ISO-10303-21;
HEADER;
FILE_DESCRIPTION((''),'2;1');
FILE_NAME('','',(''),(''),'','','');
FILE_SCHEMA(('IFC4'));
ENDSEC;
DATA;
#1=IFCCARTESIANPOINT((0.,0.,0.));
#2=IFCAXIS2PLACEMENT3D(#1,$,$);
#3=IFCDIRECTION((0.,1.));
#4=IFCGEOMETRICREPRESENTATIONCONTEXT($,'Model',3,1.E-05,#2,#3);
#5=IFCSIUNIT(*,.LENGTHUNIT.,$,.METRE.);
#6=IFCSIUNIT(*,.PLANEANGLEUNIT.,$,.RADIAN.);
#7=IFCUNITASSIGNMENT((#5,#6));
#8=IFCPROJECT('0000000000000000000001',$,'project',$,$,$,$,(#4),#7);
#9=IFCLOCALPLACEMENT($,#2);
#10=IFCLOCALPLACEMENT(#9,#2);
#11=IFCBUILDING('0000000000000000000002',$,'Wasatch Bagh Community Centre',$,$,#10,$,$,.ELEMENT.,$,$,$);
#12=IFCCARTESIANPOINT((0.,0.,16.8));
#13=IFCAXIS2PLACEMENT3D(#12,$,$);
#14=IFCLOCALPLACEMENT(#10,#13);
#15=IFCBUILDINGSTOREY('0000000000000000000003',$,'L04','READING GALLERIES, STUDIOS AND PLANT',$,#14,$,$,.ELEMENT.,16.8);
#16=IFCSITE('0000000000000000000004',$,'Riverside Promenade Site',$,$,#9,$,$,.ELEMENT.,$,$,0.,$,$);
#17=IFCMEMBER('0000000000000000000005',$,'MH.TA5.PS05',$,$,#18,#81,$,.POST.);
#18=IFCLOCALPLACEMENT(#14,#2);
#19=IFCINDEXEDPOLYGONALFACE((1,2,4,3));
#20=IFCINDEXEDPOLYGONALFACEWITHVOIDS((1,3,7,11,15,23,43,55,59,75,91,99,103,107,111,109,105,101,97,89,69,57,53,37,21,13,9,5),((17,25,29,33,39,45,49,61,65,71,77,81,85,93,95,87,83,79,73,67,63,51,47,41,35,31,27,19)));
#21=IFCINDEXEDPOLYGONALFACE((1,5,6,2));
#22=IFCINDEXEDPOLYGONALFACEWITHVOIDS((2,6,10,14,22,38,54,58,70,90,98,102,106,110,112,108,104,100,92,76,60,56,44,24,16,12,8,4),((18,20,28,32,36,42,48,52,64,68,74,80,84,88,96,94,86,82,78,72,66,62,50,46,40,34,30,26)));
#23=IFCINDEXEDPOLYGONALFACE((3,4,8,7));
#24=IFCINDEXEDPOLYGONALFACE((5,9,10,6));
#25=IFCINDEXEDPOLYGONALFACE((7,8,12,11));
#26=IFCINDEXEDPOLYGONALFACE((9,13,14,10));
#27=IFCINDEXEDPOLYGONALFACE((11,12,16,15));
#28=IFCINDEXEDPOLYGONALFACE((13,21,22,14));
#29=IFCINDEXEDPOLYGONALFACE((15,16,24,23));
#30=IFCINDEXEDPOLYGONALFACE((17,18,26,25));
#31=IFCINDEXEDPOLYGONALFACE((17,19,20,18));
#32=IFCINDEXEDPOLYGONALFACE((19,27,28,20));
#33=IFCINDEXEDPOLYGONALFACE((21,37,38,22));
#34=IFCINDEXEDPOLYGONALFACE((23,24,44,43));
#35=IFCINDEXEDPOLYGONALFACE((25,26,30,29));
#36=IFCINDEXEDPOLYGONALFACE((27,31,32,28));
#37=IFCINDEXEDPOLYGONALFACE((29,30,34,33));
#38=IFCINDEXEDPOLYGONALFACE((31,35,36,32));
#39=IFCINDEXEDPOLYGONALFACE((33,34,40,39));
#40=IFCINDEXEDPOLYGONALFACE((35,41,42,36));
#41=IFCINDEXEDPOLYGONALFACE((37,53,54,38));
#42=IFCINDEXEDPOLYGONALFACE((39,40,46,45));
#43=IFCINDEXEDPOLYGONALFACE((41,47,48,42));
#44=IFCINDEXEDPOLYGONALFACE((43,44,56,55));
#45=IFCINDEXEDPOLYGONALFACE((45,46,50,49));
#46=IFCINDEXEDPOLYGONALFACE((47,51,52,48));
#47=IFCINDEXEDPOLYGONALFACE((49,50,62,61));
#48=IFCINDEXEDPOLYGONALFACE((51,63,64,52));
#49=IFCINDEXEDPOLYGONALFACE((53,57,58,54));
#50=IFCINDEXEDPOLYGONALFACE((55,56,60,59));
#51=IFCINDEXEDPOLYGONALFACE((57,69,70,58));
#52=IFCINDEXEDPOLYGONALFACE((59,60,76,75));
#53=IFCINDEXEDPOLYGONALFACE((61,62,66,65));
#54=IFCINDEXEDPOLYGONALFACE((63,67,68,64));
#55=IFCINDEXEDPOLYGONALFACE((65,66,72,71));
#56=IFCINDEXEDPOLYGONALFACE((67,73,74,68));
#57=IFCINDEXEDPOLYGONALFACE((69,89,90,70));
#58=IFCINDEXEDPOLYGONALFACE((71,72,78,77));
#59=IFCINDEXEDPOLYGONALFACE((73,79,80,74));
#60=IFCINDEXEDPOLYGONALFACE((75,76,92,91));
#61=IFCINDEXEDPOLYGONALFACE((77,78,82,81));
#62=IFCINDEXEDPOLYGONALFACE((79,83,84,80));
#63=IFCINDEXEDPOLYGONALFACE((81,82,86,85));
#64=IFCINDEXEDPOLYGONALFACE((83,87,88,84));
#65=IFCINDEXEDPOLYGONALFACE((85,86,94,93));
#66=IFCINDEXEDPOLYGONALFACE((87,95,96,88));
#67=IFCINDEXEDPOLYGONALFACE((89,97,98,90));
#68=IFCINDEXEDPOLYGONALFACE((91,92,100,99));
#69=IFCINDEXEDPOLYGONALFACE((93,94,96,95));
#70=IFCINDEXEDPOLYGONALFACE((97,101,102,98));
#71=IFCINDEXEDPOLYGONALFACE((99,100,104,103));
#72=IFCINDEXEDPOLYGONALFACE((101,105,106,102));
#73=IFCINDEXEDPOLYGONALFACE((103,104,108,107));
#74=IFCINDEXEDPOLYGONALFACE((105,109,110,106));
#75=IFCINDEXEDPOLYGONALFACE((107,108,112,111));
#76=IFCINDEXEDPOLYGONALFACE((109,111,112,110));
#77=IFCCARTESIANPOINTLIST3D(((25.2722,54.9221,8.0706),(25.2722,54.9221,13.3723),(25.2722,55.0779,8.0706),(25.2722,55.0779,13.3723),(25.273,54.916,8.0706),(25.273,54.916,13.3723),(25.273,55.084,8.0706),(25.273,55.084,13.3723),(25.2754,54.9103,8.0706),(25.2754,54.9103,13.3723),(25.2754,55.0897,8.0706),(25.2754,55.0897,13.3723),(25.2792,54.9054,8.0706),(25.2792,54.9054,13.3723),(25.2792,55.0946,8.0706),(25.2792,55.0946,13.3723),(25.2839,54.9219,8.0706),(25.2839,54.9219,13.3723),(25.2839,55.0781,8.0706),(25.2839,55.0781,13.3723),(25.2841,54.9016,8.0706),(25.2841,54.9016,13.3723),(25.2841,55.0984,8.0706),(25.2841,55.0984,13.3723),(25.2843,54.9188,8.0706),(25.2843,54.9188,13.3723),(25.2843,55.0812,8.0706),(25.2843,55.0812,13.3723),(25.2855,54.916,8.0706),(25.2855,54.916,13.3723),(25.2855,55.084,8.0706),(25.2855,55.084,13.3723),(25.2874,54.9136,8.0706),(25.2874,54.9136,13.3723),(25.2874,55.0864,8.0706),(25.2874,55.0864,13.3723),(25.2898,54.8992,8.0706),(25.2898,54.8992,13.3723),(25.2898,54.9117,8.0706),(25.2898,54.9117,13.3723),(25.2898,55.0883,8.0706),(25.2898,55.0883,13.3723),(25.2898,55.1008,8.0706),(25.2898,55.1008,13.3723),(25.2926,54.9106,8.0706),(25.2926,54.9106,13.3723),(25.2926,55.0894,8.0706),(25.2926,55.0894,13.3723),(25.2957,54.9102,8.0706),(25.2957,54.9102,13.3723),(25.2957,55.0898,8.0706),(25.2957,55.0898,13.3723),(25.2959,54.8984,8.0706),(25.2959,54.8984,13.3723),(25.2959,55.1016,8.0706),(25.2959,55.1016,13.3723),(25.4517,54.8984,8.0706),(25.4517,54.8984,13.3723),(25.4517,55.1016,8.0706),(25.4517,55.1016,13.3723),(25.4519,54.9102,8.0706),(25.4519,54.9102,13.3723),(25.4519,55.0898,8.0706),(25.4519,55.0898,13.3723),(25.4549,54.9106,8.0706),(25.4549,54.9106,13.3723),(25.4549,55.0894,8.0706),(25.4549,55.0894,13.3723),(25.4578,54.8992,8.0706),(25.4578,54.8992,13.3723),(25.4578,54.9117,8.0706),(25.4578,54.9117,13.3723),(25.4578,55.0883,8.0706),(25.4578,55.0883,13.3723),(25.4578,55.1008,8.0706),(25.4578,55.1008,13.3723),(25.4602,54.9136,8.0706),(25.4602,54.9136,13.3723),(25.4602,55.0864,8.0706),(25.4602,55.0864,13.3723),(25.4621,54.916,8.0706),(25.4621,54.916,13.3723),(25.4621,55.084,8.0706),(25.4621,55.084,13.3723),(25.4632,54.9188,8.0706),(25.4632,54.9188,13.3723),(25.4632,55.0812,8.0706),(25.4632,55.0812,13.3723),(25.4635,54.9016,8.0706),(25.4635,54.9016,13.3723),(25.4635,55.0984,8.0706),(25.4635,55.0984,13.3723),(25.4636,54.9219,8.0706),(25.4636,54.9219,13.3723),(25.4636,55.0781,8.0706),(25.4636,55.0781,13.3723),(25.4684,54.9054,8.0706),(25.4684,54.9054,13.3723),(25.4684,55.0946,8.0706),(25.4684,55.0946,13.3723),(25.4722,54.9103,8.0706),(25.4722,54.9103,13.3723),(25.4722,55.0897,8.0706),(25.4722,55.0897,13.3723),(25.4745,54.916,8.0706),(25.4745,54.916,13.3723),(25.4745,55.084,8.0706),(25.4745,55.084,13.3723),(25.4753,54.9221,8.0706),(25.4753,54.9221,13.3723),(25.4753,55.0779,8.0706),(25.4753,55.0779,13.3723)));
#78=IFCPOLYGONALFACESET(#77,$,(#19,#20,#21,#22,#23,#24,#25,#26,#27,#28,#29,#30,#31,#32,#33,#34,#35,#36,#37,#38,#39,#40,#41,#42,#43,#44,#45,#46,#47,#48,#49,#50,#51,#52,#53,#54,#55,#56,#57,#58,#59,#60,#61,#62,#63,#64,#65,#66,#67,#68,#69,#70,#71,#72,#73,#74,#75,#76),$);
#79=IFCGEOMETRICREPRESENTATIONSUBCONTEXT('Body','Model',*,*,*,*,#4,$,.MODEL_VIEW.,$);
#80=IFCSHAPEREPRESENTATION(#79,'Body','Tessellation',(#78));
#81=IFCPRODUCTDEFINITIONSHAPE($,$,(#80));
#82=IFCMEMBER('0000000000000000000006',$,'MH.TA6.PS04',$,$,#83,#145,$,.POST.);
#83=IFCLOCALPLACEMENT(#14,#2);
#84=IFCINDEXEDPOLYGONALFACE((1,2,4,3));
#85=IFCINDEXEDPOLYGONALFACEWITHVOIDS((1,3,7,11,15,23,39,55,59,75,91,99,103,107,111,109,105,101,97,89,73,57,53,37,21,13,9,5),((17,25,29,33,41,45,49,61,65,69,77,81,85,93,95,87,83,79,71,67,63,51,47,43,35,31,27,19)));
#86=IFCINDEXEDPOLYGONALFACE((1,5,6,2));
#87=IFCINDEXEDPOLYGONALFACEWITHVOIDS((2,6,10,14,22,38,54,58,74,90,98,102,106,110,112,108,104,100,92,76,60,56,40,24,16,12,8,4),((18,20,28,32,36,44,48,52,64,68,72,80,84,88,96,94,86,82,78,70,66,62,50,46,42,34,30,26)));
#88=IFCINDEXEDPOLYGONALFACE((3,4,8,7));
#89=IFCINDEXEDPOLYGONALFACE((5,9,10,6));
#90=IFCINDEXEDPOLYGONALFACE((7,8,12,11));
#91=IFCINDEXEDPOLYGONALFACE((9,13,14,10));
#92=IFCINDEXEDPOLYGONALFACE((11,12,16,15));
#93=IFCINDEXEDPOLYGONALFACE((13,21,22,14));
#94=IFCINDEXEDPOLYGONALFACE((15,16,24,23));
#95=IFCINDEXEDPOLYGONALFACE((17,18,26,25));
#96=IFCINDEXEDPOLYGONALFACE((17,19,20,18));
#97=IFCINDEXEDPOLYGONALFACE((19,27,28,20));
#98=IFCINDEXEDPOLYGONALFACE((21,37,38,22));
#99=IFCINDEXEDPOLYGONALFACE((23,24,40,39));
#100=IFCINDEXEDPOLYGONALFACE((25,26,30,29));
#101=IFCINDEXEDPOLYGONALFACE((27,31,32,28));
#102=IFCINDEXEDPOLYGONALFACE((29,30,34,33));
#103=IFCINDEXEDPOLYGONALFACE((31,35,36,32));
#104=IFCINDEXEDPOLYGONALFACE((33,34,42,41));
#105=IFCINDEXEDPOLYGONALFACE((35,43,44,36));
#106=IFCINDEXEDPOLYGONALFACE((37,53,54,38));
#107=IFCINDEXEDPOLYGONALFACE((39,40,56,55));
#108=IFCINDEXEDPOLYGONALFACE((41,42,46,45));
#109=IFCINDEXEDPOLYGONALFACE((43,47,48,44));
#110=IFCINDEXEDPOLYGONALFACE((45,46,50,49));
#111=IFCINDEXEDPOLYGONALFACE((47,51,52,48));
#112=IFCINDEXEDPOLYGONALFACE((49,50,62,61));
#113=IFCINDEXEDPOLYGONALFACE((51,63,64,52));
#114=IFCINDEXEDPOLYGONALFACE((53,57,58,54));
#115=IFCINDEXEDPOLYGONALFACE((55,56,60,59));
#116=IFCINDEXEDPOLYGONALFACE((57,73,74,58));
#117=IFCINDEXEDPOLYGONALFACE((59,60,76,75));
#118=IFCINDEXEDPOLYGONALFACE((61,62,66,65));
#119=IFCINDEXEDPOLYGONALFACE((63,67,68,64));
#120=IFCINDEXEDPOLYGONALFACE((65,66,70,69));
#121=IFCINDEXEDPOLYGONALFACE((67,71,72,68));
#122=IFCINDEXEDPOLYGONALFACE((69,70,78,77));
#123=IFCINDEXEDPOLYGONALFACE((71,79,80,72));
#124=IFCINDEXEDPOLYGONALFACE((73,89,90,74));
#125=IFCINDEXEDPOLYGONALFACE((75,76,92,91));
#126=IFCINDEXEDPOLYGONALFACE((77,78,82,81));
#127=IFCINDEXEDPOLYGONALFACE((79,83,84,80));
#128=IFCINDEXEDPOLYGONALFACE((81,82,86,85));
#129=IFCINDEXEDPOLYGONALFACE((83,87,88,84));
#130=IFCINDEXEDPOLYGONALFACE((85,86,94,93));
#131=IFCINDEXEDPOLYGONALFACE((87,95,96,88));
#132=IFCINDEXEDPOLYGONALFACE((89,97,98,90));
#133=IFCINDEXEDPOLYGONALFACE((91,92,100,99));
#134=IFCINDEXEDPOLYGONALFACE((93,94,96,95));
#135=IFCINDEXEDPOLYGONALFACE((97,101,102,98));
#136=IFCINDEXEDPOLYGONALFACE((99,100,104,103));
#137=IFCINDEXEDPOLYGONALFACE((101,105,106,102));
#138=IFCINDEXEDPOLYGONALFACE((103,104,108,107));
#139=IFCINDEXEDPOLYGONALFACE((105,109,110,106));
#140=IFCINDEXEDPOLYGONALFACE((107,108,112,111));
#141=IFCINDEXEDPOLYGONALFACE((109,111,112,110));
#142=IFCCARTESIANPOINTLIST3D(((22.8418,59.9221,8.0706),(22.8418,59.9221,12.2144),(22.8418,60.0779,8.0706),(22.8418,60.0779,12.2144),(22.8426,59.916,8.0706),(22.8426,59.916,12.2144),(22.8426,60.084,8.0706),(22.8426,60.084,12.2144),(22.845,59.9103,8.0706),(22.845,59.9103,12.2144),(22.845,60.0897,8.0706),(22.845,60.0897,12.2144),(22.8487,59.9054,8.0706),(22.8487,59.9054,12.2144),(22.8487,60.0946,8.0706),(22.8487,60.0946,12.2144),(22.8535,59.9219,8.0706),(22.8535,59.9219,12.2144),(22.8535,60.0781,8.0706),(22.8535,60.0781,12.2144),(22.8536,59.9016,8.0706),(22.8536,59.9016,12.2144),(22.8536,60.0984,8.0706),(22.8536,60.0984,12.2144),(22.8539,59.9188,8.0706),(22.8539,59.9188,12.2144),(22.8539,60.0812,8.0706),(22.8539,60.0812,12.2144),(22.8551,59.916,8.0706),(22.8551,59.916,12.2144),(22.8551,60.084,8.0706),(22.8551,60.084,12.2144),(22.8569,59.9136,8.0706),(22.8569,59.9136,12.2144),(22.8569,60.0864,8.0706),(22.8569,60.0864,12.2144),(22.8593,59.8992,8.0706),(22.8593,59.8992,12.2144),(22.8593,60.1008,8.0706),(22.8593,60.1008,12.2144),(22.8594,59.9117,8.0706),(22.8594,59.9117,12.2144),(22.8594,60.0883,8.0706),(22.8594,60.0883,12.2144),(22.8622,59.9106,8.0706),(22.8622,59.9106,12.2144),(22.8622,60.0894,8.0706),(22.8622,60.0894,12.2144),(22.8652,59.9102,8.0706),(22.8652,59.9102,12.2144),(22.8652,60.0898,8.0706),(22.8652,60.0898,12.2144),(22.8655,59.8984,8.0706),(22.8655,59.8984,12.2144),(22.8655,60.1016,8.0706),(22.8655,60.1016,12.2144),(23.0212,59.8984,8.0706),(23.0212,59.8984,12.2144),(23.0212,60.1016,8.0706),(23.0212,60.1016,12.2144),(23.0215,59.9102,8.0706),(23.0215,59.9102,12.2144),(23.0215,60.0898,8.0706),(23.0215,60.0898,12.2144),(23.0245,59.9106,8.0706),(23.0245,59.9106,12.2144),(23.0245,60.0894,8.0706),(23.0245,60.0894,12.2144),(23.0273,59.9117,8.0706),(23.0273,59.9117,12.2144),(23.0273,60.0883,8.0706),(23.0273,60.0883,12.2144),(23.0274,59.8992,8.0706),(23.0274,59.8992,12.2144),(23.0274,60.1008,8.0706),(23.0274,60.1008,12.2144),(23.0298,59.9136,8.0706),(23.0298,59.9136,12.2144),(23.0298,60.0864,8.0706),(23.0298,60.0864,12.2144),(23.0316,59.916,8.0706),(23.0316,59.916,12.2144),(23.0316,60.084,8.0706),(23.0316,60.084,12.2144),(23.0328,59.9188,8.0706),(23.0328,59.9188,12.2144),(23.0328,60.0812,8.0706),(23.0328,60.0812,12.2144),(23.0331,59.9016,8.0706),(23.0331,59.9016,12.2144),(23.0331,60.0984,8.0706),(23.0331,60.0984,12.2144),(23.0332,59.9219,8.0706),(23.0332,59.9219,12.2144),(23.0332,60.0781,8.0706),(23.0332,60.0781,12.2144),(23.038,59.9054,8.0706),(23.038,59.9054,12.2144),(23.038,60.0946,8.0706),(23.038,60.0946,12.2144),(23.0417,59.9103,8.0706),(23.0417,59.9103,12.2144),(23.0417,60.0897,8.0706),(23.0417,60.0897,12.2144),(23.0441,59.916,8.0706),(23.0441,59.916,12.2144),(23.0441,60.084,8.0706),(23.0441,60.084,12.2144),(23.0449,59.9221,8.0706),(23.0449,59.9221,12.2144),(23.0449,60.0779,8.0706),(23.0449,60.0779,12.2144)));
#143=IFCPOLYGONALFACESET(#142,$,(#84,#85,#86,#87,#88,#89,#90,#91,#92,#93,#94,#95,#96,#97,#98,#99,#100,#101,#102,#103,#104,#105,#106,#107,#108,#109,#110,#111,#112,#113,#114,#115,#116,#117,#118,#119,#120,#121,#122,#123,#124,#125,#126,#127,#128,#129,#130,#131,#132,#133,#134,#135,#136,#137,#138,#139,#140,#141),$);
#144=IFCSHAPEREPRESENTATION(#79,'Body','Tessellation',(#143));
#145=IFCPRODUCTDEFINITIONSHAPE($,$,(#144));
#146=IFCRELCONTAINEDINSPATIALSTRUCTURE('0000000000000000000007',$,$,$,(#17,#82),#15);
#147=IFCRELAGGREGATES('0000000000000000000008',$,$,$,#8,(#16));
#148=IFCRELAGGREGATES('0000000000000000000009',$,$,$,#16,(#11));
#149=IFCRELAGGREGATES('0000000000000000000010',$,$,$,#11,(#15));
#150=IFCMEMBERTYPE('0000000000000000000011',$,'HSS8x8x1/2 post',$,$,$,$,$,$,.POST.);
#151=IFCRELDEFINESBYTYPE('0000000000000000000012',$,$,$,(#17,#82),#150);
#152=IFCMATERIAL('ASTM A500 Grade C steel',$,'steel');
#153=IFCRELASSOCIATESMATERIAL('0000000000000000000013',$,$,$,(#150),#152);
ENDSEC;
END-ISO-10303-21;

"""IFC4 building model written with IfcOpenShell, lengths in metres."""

from ifc_helpers import new_model, si_unit, direction, frame, origin, origin_2d, place, context, subcontext, project, spatial, hollow_rectangle, extrude, material, material_profile, profile_set, type_object, element, save


model = new_model("IFC4")

# Units and contexts
model_context = context("Model", 3, precision=1e-05, world=origin(), true_north=direction((0.0, 1.0)))
body_context = subcontext(model_context, "Body", "Model", "MODEL_VIEW")
ifc_project = project(units=[si_unit("LENGTHUNIT", "METRE"), si_unit("PLANEANGLEUNIT", "RADIAN")], contexts=[model_context])

# Site, building, storey
site_placement = place(None, origin())
site = spatial("IfcSite", under=ifc_project, at=site_placement, Name="Riverside Promenade Site", CompositionType="ELEMENT", RefElevation=0.0)
building_placement = place(site_placement, origin())
building = spatial("IfcBuilding", under=site, at=building_placement, Name="Wasatch Bagh Community Centre", CompositionType="ELEMENT")
storey_placement = place(building_placement, frame((0.0, 0.0, 16.8)))
storey = spatial("IfcBuildingStorey", under=building, at=storey_placement, Name="L04", Description="READING GALLERIES, STUDIOS AND PLANT", CompositionType="ELEMENT", Elevation=16.8)

# Members
ifc_material_1 = material(Name="ASTM A500 Grade C steel", Category="steel")
ifc_material_profile_1 = material_profile(ifc_material_1, hollow_rectangle(XDim=0.2031, YDim=0.2031, WallThickness=0.0117, InnerFilletRadius=0.0117, OuterFilletRadius=0.0237, at=origin_2d()), Name="HSS8x8x1/2")
ifc_profile_set_1 = profile_set([ifc_material_profile_1], Name="ASTM A500 Grade C steel")
member_type_1 = type_object("IfcMemberType", Name="HSS8x8x1/2 post", PredefinedType="POST", material=ifc_profile_set_1)
member_1_placement = place(storey_placement, frame((25.3738, 55.0, 8.0706), z_axis=(0.0, 0.0, 1.0), x_axis=(1.0, 0.0, 0.0)))
element("IfcMember", 1, at=member_1_placement, inside=storey, type_object=member_type_1, Name="MH.TA5.PS05", PredefinedType="POST", context=body_context, shape_type="SweptSolid", body=[
    extrude(hollow_rectangle(XDim=0.2031, YDim=0.2031, WallThickness=0.0117, InnerFilletRadius=0.0117, OuterFilletRadius=0.0237, at=origin_2d()), origin(), (0.0, 0.0, 1.0), 5.3018),
])
member_2_placement = place(storey_placement, frame((22.9434, 60.0, 8.0706), z_axis=(0.0, 0.0, 1.0), x_axis=(1.0, 0.0, 0.0)))
element("IfcMember", 2, at=member_2_placement, inside=storey, type_object=member_type_1, Name="MH.TA6.PS04", PredefinedType="POST", context=body_context, shape_type="SweptSolid", body=[
    extrude(hollow_rectangle(XDim=0.2031, YDim=0.2031, WallThickness=0.0117, InnerFilletRadius=0.0117, OuterFilletRadius=0.0237, at=origin_2d()), origin(), (0.0, 0.0, 1.0), 4.1438),
])

save(model, "model.ifc")
